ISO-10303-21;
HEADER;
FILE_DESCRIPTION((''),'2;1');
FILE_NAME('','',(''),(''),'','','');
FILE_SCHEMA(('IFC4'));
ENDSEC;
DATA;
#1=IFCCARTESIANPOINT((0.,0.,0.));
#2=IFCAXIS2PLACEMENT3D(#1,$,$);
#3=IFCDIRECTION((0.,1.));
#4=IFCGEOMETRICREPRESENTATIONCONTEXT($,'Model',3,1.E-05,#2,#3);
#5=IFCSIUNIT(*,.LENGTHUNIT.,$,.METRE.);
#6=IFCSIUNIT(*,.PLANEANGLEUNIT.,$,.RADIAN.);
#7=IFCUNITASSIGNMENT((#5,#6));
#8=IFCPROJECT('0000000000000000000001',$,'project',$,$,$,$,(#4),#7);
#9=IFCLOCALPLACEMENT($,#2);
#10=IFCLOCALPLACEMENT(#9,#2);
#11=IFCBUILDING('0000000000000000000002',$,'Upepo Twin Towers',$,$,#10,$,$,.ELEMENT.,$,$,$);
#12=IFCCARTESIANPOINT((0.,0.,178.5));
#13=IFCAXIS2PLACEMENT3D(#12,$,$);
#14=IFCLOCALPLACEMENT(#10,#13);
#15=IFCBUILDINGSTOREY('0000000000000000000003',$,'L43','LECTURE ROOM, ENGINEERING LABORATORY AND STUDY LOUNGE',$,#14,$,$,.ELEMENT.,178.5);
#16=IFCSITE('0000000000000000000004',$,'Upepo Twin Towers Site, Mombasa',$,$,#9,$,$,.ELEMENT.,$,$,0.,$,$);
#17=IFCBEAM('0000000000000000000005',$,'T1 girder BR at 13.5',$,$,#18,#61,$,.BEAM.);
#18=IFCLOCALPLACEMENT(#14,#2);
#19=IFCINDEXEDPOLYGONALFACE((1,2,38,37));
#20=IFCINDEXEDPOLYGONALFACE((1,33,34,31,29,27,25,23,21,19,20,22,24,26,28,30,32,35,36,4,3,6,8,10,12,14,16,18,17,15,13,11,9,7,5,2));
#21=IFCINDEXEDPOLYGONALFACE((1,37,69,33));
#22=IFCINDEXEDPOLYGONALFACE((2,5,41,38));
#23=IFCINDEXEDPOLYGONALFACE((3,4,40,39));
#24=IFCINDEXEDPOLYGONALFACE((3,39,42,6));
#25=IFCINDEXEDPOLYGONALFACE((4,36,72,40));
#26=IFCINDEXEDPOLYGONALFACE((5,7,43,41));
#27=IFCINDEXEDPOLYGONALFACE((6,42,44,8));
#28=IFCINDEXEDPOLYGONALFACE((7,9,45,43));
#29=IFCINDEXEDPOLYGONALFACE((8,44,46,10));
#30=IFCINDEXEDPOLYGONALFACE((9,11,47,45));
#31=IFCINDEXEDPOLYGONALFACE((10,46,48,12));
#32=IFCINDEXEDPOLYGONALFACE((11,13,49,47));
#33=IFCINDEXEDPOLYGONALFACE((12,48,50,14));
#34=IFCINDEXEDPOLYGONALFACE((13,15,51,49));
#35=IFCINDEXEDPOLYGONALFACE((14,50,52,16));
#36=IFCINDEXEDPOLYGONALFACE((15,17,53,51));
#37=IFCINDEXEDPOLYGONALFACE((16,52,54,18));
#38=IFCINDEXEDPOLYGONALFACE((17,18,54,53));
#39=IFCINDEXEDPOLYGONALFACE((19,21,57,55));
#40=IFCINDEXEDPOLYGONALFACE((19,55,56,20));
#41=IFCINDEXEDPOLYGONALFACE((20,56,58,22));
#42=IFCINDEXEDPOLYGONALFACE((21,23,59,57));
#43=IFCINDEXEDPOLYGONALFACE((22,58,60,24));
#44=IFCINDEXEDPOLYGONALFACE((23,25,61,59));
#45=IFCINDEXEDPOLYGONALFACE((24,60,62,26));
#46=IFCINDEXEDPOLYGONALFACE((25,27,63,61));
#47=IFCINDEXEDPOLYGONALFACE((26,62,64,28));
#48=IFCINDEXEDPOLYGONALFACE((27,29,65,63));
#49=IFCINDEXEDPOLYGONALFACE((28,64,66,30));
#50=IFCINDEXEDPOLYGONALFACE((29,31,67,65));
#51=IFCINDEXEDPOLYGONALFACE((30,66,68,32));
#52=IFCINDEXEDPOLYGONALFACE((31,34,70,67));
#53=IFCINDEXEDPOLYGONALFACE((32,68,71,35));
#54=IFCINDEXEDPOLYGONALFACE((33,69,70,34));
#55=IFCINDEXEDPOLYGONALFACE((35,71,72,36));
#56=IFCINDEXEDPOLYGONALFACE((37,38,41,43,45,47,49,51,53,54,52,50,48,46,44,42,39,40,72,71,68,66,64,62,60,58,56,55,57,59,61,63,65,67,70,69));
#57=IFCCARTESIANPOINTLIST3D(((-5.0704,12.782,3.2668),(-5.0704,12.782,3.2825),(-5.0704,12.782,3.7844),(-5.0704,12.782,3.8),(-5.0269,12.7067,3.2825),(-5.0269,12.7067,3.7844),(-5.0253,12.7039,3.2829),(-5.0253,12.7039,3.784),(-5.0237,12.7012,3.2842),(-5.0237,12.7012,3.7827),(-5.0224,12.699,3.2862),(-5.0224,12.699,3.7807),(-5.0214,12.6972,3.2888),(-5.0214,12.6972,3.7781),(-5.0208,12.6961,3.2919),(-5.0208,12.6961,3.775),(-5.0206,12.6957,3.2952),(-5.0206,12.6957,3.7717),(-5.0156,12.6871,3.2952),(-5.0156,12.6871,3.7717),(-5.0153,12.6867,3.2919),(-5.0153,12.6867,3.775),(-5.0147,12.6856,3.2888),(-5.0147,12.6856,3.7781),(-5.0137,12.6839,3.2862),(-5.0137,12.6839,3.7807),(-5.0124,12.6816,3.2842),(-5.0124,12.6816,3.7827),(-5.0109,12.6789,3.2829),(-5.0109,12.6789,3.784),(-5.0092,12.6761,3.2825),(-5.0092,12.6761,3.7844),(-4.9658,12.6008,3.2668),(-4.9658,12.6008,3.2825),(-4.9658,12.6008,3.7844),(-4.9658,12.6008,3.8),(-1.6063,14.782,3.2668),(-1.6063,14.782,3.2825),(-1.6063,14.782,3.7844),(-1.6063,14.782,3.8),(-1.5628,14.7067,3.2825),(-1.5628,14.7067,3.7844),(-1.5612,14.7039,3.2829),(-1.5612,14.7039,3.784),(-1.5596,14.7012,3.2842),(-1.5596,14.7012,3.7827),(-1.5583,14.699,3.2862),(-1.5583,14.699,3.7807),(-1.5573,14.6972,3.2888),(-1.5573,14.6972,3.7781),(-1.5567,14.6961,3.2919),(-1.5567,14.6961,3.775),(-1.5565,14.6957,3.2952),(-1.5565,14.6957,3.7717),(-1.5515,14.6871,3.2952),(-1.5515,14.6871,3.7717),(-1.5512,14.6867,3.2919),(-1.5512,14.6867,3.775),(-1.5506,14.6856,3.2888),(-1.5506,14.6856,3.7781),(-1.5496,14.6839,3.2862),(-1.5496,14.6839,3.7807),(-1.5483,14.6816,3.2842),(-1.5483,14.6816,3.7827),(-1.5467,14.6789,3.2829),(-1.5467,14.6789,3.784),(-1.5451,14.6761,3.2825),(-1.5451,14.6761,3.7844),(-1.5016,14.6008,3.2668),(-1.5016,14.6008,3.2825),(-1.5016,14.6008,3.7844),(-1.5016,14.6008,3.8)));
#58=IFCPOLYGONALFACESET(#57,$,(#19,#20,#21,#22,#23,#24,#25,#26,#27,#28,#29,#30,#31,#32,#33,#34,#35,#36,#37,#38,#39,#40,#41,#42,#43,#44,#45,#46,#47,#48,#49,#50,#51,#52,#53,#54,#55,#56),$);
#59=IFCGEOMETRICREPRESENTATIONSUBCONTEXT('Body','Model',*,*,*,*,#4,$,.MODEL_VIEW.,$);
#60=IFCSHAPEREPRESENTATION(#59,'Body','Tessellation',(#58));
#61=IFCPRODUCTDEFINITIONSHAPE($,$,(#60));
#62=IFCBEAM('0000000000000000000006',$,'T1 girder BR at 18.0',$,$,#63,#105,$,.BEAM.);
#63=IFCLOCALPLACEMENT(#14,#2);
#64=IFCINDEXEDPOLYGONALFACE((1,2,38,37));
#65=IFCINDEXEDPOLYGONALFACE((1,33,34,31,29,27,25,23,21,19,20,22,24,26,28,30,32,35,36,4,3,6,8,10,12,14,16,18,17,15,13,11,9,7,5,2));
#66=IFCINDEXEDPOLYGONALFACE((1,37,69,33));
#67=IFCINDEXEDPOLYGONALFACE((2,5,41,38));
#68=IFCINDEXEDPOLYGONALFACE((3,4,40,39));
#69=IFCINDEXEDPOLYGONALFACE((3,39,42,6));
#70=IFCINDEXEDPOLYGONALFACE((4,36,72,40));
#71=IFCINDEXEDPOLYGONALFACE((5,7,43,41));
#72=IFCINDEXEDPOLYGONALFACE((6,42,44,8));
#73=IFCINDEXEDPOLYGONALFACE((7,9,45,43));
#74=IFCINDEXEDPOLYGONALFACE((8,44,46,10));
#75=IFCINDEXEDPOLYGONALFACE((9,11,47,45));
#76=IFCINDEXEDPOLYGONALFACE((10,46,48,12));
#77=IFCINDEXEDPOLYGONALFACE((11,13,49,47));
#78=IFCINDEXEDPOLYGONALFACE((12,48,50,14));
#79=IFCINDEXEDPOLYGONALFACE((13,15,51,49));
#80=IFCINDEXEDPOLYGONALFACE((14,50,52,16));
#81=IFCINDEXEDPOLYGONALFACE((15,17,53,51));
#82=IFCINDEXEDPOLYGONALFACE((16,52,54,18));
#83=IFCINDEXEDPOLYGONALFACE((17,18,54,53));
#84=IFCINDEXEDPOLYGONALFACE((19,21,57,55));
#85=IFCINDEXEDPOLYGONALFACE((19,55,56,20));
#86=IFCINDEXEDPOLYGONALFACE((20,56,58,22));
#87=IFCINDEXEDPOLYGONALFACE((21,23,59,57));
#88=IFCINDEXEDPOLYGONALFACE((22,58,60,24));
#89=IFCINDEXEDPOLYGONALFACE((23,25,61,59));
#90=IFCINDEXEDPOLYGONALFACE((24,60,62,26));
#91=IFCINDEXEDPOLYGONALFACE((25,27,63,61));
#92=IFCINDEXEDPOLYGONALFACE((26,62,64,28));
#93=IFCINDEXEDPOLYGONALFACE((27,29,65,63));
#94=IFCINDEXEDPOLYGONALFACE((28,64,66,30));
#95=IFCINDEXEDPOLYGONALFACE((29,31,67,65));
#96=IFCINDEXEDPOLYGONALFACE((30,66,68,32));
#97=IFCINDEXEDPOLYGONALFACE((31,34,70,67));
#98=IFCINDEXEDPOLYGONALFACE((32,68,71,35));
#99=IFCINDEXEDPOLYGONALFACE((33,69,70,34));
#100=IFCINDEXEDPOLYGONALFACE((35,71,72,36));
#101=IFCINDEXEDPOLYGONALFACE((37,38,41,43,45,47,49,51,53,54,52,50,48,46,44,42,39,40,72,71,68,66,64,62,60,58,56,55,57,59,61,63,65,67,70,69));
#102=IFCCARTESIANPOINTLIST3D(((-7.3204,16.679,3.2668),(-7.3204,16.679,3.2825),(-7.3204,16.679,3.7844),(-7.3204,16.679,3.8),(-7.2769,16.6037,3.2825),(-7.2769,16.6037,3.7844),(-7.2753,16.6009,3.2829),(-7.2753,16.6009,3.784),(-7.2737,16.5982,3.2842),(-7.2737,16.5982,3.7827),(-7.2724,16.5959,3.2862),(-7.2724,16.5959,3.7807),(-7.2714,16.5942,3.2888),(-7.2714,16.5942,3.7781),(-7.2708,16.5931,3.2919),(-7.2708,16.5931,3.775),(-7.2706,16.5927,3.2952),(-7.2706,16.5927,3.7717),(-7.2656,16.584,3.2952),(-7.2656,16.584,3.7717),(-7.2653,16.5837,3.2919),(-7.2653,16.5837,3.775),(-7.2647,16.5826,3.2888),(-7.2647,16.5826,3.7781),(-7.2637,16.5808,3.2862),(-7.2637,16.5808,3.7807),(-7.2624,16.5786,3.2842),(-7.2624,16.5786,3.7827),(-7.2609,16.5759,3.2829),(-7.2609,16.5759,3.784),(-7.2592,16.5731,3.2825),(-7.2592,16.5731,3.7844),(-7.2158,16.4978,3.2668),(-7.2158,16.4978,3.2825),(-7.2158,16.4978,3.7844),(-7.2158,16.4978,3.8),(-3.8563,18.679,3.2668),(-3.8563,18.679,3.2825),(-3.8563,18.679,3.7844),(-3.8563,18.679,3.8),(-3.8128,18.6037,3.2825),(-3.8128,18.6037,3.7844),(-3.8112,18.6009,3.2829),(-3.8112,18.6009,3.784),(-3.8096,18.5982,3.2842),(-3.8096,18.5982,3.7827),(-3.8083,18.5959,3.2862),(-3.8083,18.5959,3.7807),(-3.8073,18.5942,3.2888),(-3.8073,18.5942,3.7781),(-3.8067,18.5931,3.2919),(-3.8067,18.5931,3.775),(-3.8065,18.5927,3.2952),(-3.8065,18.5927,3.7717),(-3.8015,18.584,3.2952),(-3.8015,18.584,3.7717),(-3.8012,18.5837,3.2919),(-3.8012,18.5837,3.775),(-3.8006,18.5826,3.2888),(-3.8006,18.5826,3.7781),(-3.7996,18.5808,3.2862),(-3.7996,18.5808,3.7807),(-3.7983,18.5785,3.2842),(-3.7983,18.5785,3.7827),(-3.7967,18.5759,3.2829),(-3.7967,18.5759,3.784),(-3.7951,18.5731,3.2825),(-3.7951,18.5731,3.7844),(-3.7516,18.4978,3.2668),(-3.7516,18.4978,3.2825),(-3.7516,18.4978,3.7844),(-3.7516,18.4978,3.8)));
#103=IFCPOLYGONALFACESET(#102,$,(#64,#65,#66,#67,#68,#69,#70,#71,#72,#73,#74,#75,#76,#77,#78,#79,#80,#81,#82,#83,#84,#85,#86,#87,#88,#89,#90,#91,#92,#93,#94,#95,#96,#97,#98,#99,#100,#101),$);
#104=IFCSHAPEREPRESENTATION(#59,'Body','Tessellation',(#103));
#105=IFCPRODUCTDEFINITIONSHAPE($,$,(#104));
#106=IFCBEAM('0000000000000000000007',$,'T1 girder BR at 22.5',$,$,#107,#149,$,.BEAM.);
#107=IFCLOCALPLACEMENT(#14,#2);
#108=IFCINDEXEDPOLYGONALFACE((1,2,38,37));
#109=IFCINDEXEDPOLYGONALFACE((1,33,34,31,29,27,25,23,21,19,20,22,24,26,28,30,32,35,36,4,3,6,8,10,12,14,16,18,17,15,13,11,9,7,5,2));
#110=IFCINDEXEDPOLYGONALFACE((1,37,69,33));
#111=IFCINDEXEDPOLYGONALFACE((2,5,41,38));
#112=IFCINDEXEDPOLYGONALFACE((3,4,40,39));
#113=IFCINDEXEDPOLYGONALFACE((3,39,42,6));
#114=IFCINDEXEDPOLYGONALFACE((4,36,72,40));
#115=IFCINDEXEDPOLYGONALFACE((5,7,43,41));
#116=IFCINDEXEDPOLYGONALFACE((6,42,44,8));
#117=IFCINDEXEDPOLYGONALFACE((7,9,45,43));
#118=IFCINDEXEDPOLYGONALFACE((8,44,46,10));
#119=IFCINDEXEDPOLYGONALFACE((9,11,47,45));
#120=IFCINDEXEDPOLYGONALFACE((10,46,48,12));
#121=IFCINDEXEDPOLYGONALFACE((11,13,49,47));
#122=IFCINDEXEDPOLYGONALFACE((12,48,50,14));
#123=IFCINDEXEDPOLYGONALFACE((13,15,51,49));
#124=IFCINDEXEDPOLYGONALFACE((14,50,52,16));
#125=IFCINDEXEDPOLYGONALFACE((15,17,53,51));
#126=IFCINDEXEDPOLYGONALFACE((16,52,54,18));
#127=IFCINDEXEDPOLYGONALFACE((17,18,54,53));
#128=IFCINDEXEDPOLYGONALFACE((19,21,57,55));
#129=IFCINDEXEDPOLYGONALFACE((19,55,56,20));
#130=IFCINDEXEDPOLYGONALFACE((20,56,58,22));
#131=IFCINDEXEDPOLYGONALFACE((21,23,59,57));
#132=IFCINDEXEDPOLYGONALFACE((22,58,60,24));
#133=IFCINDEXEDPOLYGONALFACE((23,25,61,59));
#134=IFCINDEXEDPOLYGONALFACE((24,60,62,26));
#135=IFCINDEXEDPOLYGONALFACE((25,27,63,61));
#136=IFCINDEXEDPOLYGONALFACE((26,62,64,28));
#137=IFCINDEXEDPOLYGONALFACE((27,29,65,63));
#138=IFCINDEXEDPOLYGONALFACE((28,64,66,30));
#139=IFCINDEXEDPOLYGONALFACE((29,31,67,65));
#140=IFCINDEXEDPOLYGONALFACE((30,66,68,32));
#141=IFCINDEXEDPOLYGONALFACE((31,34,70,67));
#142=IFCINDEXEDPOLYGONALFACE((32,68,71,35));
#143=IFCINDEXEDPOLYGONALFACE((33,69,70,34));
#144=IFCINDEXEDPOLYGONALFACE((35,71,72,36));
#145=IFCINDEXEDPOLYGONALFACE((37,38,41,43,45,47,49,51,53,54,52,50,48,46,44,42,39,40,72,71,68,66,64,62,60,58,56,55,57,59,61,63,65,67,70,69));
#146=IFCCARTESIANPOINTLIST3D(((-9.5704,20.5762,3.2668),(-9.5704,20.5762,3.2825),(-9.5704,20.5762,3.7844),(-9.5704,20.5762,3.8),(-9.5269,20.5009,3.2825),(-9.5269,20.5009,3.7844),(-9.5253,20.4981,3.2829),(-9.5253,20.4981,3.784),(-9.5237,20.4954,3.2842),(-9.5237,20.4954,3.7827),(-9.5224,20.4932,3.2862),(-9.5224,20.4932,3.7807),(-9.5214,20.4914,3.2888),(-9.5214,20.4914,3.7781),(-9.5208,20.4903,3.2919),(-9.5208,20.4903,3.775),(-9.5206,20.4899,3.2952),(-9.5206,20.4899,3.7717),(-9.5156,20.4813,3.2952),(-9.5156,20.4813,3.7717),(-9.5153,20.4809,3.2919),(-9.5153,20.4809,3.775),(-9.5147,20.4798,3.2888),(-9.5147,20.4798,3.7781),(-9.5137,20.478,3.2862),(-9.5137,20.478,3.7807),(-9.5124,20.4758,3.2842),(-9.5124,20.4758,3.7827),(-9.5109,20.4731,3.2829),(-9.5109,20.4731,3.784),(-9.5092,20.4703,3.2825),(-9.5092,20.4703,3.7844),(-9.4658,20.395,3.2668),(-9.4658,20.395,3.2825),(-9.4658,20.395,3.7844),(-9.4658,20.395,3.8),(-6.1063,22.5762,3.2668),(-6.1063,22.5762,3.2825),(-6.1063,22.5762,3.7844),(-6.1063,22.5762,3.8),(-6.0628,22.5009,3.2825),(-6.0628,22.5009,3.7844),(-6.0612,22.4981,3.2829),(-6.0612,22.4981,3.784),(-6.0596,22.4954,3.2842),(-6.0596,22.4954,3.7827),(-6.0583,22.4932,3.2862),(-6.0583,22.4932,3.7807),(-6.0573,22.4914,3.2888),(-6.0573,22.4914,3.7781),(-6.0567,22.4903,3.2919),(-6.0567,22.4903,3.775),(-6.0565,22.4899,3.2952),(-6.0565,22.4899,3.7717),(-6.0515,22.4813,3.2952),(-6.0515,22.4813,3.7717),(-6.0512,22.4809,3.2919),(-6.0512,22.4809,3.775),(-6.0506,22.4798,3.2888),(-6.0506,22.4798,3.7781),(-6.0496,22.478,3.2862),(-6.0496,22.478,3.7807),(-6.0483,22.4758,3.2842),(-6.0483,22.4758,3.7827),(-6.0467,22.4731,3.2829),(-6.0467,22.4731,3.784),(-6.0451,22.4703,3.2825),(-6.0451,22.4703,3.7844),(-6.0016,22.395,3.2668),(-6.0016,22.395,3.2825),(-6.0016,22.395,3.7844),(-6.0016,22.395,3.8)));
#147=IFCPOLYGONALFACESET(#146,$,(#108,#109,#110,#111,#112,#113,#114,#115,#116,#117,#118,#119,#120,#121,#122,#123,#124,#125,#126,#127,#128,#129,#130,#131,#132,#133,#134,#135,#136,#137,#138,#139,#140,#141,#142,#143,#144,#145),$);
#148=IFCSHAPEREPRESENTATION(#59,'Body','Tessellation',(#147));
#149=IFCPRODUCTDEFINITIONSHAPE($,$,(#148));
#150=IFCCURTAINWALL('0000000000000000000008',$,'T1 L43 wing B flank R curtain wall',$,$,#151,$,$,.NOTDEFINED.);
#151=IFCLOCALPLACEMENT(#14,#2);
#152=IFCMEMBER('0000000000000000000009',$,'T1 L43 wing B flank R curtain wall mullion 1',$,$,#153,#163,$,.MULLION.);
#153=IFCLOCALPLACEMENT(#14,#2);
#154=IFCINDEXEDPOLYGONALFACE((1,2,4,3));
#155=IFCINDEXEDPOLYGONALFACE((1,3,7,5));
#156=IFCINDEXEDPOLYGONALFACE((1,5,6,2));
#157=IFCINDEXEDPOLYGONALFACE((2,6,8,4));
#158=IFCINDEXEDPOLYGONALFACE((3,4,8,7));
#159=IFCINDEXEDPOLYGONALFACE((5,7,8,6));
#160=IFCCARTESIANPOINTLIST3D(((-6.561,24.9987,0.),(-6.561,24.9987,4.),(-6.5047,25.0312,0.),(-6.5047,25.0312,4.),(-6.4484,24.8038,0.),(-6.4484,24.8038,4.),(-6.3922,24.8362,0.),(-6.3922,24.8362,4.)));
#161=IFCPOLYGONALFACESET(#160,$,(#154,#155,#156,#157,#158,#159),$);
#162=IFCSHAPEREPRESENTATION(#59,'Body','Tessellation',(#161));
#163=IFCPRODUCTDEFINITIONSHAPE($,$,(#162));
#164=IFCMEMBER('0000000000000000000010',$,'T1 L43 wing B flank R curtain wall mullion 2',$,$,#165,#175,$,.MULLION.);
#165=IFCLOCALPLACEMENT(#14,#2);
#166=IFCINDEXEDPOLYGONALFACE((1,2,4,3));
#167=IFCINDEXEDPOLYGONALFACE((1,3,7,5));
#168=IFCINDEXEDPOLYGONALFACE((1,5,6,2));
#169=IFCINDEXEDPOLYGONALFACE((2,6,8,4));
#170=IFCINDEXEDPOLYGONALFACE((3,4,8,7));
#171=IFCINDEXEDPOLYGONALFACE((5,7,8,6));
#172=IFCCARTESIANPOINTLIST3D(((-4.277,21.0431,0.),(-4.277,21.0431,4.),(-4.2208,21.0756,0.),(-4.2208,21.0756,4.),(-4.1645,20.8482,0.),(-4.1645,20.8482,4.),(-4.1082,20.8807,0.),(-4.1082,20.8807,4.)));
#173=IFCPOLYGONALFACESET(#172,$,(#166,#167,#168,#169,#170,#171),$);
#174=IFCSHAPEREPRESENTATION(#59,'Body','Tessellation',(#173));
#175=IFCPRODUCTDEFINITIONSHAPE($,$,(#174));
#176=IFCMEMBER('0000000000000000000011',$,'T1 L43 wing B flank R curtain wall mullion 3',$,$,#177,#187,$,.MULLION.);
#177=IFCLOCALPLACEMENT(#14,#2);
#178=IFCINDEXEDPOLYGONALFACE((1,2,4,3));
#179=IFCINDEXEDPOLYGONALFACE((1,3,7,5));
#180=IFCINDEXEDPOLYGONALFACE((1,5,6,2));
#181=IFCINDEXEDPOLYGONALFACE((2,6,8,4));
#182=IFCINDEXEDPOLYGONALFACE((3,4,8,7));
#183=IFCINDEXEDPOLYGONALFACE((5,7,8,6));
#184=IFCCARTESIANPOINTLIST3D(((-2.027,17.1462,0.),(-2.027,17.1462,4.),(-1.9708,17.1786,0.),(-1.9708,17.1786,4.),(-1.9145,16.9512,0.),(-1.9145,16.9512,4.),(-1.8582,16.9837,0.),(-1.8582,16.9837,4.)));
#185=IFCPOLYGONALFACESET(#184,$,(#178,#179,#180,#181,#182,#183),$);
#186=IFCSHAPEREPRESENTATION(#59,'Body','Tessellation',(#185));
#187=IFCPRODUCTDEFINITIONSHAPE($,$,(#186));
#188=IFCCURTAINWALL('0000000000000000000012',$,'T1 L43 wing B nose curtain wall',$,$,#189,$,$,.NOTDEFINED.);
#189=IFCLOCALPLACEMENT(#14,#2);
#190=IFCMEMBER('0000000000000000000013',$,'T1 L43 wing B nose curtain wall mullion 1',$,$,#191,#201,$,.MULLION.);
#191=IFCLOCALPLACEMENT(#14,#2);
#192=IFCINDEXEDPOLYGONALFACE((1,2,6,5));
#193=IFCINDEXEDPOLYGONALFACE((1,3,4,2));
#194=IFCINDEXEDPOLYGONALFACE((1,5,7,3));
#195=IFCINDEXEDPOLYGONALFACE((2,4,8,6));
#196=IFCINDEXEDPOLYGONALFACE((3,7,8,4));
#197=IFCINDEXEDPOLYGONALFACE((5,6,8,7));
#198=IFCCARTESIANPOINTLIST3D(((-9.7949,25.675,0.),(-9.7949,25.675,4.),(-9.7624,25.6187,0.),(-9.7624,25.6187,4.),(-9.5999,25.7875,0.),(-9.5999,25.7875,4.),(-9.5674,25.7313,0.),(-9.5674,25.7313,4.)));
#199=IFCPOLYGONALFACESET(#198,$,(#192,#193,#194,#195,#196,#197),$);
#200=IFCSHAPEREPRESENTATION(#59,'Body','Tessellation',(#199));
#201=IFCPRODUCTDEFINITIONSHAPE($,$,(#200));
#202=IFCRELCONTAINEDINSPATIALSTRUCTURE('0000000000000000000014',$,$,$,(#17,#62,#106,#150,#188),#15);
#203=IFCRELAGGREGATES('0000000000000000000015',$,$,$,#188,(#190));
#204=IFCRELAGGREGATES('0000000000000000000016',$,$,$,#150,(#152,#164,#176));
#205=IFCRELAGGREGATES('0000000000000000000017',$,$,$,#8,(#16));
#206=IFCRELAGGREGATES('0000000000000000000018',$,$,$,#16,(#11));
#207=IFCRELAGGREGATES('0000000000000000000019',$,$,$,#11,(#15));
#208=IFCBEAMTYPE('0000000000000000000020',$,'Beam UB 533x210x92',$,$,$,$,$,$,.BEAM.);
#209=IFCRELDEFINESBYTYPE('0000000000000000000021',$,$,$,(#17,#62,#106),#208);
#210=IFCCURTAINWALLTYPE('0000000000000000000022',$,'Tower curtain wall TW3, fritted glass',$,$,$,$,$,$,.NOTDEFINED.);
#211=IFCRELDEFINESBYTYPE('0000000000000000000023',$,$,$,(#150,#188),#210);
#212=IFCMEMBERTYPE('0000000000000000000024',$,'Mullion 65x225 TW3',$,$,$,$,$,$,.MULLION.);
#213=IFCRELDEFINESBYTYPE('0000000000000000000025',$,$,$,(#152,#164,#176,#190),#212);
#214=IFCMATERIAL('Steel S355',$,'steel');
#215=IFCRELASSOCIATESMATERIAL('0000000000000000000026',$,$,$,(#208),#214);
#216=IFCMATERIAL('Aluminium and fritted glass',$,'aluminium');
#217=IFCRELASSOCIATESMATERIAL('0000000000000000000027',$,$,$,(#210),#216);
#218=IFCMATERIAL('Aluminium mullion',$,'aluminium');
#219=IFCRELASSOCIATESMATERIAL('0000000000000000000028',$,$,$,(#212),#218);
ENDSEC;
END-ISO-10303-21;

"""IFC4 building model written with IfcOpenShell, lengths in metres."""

from ifc_helpers import new_model, si_unit, direction, frame, origin, origin_2d, place, context, subcontext, project, spatial, rectangle, i_section, extrude, material, material_profile, profile_set, type_object, element, aggregate, save


model = new_model("IFC4")

# Units and contexts
model_context = context("Model", 3, precision=1e-05, world=origin(), true_north=direction((0.0, 1.0)))
body_context = subcontext(model_context, "Body", "Model", "MODEL_VIEW")
ifc_project = project(units=[si_unit("LENGTHUNIT", "METRE"), si_unit("PLANEANGLEUNIT", "RADIAN")], contexts=[model_context])

# Site, building, storey
site_placement = place(None, origin())
site = spatial("IfcSite", under=ifc_project, at=site_placement, Name="Upepo Twin Towers Site, Mombasa", CompositionType="ELEMENT", RefElevation=0.0)
building_placement = place(site_placement, origin())
building = spatial("IfcBuilding", under=site, at=building_placement, Name="Upepo Twin Towers", CompositionType="ELEMENT")
storey_placement = place(building_placement, frame((0.0, 0.0, 178.5)))
storey = spatial("IfcBuildingStorey", under=building, at=storey_placement, Name="L43", Description="LECTURE ROOM, ENGINEERING LABORATORY AND STUDY LOUNGE", CompositionType="ELEMENT", Elevation=178.5)

# Beams
ifc_material_1 = material(Name="Steel S355", Category="steel")
ifc_material_profile_1 = material_profile(ifc_material_1, i_section(OverallWidth=0.2092, OverallDepth=0.5332, WebThickness=0.01, FlangeThickness=0.0156, FilletRadius=0.0127, at=origin_2d()), Name="UB 533x210x92")
ifc_profile_set_1 = profile_set([ifc_material_profile_1], Name="Steel S355")
beam_type_1 = type_object("IfcBeamType", Name="Beam UB 533x210x92", PredefinedType="BEAM", material=ifc_profile_set_1)
for number, where, z_axis, x_axis, name in (
    (1, (-1.554, 14.6914, 3.5334), (-0.866026, -0.499999, 0.0), (0.499999, -0.866026, 0.0), "T1 girder BR at 13.5"),
    (2, (-3.804, 18.5884, 3.5334), (-0.866026, -0.499999, 0.0), (0.499999, -0.866026, 0.0), "T1 girder BR at 18.0"),
    (3, (-6.054, 22.4856, 3.5334), (-0.866026, -0.499999, 0.0), (0.499999, -0.866026, 0.0), "T1 girder BR at 22.5"),
):
    element("IfcBeam", number, at=place(storey_placement, frame(where, z_axis=z_axis, x_axis=x_axis)), inside=storey, type_object=beam_type_1, Name=name, PredefinedType="BEAM", context=body_context, shape_type="SweptSolid", body=[
        extrude(i_section(OverallWidth=0.2092, OverallDepth=0.5332, WebThickness=0.01, FlangeThickness=0.0156, FilletRadius=0.0127, at=origin_2d()), origin(), (0.0, 0.0, 1.0), 4.0),
    ])

# Curtain wall, members
ifc_material_2 = material(Name="Aluminium and fritted glass", Category="aluminium")
curtain_wall_type = type_object("IfcCurtainWallType", Name="Tower curtain wall TW3, fritted glass", PredefinedType="NOTDEFINED", material=ifc_material_2)
curtain_wall_1_placement = place(storey_placement, origin())
curtain_wall_1 = element("IfcCurtainWall", 4, at=curtain_wall_1_placement, inside=storey, type_object=curtain_wall_type, Name="T1 L43 wing B flank R curtain wall", PredefinedType="NOTDEFINED")
ifc_material_3 = material(Name="Aluminium mullion", Category="aluminium")
ifc_material_profile_2 = material_profile(ifc_material_3, rectangle(XDim=0.0649, YDim=0.2251, at=origin_2d()), Name="MULLION 65x225")
ifc_profile_set_2 = profile_set([ifc_material_profile_2], Name="Aluminium mullion")
member_type_1 = type_object("IfcMemberType", Name="Mullion 65x225 TW3", PredefinedType="MULLION", material=ifc_profile_set_2)
member_1_placement = place(storey_placement, frame((-6.4766, 24.9175, 0.0), z_axis=(0.0, 0.0, 1.0), x_axis=(0.866025, 0.5, 0.0)))
member_1 = element("IfcMember", 5, at=member_1_placement, type_object=member_type_1, Name="T1 L43 wing B flank R curtain wall mullion 1", PredefinedType="MULLION", context=body_context, shape_type="SweptSolid", body=[
    extrude(rectangle(XDim=0.0649, YDim=0.2251, at=origin_2d()), origin(), (0.0, 0.0, 1.0), 4.0),
])
member_2_placement = place(storey_placement, frame((-4.1926, 20.9619, 0.0), z_axis=(0.0, 0.0, 1.0), x_axis=(0.866025, 0.5, 0.0)))
member_2 = element("IfcMember", 6, at=member_2_placement, type_object=member_type_1, Name="T1 L43 wing B flank R curtain wall mullion 2", PredefinedType="MULLION", context=body_context, shape_type="SweptSolid", body=[
    extrude(rectangle(XDim=0.0649, YDim=0.2251, at=origin_2d()), origin(), (0.0, 0.0, 1.0), 4.0),
])
member_3_placement = place(storey_placement, frame((-1.9426, 17.0649, 0.0), z_axis=(0.0, 0.0, 1.0), x_axis=(0.866025, 0.5, 0.0)))
member_3 = element("IfcMember", 7, at=member_3_placement, type_object=member_type_1, Name="T1 L43 wing B flank R curtain wall mullion 3", PredefinedType="MULLION", context=body_context, shape_type="SweptSolid", body=[
    extrude(rectangle(XDim=0.0649, YDim=0.2251, at=origin_2d()), origin(), (0.0, 0.0, 1.0), 4.0),
])

# Curtain wall, member
curtain_wall_2_placement = place(storey_placement, origin())
curtain_wall_2 = element("IfcCurtainWall", 8, at=curtain_wall_2_placement, inside=storey, type_object=curtain_wall_type, Name="T1 L43 wing B nose curtain wall", PredefinedType="NOTDEFINED")
member_4_placement = place(storey_placement, frame((-9.6812, 25.7031, 0.0), z_axis=(0.0, 0.0, 1.0), x_axis=(0.5, -0.866025, 0.0)))
member_4 = element("IfcMember", 9, at=member_4_placement, type_object=member_type_1, Name="T1 L43 wing B nose curtain wall mullion 1", PredefinedType="MULLION", context=body_context, shape_type="SweptSolid", body=[
    extrude(rectangle(XDim=0.0649, YDim=0.2251, at=origin_2d()), origin(), (0.0, 0.0, 1.0), 4.0),
])

aggregate(curtain_wall_2, [member_4])

aggregate(curtain_wall_1, [member_1, member_2, member_3])

save(model, "model.ifc")
